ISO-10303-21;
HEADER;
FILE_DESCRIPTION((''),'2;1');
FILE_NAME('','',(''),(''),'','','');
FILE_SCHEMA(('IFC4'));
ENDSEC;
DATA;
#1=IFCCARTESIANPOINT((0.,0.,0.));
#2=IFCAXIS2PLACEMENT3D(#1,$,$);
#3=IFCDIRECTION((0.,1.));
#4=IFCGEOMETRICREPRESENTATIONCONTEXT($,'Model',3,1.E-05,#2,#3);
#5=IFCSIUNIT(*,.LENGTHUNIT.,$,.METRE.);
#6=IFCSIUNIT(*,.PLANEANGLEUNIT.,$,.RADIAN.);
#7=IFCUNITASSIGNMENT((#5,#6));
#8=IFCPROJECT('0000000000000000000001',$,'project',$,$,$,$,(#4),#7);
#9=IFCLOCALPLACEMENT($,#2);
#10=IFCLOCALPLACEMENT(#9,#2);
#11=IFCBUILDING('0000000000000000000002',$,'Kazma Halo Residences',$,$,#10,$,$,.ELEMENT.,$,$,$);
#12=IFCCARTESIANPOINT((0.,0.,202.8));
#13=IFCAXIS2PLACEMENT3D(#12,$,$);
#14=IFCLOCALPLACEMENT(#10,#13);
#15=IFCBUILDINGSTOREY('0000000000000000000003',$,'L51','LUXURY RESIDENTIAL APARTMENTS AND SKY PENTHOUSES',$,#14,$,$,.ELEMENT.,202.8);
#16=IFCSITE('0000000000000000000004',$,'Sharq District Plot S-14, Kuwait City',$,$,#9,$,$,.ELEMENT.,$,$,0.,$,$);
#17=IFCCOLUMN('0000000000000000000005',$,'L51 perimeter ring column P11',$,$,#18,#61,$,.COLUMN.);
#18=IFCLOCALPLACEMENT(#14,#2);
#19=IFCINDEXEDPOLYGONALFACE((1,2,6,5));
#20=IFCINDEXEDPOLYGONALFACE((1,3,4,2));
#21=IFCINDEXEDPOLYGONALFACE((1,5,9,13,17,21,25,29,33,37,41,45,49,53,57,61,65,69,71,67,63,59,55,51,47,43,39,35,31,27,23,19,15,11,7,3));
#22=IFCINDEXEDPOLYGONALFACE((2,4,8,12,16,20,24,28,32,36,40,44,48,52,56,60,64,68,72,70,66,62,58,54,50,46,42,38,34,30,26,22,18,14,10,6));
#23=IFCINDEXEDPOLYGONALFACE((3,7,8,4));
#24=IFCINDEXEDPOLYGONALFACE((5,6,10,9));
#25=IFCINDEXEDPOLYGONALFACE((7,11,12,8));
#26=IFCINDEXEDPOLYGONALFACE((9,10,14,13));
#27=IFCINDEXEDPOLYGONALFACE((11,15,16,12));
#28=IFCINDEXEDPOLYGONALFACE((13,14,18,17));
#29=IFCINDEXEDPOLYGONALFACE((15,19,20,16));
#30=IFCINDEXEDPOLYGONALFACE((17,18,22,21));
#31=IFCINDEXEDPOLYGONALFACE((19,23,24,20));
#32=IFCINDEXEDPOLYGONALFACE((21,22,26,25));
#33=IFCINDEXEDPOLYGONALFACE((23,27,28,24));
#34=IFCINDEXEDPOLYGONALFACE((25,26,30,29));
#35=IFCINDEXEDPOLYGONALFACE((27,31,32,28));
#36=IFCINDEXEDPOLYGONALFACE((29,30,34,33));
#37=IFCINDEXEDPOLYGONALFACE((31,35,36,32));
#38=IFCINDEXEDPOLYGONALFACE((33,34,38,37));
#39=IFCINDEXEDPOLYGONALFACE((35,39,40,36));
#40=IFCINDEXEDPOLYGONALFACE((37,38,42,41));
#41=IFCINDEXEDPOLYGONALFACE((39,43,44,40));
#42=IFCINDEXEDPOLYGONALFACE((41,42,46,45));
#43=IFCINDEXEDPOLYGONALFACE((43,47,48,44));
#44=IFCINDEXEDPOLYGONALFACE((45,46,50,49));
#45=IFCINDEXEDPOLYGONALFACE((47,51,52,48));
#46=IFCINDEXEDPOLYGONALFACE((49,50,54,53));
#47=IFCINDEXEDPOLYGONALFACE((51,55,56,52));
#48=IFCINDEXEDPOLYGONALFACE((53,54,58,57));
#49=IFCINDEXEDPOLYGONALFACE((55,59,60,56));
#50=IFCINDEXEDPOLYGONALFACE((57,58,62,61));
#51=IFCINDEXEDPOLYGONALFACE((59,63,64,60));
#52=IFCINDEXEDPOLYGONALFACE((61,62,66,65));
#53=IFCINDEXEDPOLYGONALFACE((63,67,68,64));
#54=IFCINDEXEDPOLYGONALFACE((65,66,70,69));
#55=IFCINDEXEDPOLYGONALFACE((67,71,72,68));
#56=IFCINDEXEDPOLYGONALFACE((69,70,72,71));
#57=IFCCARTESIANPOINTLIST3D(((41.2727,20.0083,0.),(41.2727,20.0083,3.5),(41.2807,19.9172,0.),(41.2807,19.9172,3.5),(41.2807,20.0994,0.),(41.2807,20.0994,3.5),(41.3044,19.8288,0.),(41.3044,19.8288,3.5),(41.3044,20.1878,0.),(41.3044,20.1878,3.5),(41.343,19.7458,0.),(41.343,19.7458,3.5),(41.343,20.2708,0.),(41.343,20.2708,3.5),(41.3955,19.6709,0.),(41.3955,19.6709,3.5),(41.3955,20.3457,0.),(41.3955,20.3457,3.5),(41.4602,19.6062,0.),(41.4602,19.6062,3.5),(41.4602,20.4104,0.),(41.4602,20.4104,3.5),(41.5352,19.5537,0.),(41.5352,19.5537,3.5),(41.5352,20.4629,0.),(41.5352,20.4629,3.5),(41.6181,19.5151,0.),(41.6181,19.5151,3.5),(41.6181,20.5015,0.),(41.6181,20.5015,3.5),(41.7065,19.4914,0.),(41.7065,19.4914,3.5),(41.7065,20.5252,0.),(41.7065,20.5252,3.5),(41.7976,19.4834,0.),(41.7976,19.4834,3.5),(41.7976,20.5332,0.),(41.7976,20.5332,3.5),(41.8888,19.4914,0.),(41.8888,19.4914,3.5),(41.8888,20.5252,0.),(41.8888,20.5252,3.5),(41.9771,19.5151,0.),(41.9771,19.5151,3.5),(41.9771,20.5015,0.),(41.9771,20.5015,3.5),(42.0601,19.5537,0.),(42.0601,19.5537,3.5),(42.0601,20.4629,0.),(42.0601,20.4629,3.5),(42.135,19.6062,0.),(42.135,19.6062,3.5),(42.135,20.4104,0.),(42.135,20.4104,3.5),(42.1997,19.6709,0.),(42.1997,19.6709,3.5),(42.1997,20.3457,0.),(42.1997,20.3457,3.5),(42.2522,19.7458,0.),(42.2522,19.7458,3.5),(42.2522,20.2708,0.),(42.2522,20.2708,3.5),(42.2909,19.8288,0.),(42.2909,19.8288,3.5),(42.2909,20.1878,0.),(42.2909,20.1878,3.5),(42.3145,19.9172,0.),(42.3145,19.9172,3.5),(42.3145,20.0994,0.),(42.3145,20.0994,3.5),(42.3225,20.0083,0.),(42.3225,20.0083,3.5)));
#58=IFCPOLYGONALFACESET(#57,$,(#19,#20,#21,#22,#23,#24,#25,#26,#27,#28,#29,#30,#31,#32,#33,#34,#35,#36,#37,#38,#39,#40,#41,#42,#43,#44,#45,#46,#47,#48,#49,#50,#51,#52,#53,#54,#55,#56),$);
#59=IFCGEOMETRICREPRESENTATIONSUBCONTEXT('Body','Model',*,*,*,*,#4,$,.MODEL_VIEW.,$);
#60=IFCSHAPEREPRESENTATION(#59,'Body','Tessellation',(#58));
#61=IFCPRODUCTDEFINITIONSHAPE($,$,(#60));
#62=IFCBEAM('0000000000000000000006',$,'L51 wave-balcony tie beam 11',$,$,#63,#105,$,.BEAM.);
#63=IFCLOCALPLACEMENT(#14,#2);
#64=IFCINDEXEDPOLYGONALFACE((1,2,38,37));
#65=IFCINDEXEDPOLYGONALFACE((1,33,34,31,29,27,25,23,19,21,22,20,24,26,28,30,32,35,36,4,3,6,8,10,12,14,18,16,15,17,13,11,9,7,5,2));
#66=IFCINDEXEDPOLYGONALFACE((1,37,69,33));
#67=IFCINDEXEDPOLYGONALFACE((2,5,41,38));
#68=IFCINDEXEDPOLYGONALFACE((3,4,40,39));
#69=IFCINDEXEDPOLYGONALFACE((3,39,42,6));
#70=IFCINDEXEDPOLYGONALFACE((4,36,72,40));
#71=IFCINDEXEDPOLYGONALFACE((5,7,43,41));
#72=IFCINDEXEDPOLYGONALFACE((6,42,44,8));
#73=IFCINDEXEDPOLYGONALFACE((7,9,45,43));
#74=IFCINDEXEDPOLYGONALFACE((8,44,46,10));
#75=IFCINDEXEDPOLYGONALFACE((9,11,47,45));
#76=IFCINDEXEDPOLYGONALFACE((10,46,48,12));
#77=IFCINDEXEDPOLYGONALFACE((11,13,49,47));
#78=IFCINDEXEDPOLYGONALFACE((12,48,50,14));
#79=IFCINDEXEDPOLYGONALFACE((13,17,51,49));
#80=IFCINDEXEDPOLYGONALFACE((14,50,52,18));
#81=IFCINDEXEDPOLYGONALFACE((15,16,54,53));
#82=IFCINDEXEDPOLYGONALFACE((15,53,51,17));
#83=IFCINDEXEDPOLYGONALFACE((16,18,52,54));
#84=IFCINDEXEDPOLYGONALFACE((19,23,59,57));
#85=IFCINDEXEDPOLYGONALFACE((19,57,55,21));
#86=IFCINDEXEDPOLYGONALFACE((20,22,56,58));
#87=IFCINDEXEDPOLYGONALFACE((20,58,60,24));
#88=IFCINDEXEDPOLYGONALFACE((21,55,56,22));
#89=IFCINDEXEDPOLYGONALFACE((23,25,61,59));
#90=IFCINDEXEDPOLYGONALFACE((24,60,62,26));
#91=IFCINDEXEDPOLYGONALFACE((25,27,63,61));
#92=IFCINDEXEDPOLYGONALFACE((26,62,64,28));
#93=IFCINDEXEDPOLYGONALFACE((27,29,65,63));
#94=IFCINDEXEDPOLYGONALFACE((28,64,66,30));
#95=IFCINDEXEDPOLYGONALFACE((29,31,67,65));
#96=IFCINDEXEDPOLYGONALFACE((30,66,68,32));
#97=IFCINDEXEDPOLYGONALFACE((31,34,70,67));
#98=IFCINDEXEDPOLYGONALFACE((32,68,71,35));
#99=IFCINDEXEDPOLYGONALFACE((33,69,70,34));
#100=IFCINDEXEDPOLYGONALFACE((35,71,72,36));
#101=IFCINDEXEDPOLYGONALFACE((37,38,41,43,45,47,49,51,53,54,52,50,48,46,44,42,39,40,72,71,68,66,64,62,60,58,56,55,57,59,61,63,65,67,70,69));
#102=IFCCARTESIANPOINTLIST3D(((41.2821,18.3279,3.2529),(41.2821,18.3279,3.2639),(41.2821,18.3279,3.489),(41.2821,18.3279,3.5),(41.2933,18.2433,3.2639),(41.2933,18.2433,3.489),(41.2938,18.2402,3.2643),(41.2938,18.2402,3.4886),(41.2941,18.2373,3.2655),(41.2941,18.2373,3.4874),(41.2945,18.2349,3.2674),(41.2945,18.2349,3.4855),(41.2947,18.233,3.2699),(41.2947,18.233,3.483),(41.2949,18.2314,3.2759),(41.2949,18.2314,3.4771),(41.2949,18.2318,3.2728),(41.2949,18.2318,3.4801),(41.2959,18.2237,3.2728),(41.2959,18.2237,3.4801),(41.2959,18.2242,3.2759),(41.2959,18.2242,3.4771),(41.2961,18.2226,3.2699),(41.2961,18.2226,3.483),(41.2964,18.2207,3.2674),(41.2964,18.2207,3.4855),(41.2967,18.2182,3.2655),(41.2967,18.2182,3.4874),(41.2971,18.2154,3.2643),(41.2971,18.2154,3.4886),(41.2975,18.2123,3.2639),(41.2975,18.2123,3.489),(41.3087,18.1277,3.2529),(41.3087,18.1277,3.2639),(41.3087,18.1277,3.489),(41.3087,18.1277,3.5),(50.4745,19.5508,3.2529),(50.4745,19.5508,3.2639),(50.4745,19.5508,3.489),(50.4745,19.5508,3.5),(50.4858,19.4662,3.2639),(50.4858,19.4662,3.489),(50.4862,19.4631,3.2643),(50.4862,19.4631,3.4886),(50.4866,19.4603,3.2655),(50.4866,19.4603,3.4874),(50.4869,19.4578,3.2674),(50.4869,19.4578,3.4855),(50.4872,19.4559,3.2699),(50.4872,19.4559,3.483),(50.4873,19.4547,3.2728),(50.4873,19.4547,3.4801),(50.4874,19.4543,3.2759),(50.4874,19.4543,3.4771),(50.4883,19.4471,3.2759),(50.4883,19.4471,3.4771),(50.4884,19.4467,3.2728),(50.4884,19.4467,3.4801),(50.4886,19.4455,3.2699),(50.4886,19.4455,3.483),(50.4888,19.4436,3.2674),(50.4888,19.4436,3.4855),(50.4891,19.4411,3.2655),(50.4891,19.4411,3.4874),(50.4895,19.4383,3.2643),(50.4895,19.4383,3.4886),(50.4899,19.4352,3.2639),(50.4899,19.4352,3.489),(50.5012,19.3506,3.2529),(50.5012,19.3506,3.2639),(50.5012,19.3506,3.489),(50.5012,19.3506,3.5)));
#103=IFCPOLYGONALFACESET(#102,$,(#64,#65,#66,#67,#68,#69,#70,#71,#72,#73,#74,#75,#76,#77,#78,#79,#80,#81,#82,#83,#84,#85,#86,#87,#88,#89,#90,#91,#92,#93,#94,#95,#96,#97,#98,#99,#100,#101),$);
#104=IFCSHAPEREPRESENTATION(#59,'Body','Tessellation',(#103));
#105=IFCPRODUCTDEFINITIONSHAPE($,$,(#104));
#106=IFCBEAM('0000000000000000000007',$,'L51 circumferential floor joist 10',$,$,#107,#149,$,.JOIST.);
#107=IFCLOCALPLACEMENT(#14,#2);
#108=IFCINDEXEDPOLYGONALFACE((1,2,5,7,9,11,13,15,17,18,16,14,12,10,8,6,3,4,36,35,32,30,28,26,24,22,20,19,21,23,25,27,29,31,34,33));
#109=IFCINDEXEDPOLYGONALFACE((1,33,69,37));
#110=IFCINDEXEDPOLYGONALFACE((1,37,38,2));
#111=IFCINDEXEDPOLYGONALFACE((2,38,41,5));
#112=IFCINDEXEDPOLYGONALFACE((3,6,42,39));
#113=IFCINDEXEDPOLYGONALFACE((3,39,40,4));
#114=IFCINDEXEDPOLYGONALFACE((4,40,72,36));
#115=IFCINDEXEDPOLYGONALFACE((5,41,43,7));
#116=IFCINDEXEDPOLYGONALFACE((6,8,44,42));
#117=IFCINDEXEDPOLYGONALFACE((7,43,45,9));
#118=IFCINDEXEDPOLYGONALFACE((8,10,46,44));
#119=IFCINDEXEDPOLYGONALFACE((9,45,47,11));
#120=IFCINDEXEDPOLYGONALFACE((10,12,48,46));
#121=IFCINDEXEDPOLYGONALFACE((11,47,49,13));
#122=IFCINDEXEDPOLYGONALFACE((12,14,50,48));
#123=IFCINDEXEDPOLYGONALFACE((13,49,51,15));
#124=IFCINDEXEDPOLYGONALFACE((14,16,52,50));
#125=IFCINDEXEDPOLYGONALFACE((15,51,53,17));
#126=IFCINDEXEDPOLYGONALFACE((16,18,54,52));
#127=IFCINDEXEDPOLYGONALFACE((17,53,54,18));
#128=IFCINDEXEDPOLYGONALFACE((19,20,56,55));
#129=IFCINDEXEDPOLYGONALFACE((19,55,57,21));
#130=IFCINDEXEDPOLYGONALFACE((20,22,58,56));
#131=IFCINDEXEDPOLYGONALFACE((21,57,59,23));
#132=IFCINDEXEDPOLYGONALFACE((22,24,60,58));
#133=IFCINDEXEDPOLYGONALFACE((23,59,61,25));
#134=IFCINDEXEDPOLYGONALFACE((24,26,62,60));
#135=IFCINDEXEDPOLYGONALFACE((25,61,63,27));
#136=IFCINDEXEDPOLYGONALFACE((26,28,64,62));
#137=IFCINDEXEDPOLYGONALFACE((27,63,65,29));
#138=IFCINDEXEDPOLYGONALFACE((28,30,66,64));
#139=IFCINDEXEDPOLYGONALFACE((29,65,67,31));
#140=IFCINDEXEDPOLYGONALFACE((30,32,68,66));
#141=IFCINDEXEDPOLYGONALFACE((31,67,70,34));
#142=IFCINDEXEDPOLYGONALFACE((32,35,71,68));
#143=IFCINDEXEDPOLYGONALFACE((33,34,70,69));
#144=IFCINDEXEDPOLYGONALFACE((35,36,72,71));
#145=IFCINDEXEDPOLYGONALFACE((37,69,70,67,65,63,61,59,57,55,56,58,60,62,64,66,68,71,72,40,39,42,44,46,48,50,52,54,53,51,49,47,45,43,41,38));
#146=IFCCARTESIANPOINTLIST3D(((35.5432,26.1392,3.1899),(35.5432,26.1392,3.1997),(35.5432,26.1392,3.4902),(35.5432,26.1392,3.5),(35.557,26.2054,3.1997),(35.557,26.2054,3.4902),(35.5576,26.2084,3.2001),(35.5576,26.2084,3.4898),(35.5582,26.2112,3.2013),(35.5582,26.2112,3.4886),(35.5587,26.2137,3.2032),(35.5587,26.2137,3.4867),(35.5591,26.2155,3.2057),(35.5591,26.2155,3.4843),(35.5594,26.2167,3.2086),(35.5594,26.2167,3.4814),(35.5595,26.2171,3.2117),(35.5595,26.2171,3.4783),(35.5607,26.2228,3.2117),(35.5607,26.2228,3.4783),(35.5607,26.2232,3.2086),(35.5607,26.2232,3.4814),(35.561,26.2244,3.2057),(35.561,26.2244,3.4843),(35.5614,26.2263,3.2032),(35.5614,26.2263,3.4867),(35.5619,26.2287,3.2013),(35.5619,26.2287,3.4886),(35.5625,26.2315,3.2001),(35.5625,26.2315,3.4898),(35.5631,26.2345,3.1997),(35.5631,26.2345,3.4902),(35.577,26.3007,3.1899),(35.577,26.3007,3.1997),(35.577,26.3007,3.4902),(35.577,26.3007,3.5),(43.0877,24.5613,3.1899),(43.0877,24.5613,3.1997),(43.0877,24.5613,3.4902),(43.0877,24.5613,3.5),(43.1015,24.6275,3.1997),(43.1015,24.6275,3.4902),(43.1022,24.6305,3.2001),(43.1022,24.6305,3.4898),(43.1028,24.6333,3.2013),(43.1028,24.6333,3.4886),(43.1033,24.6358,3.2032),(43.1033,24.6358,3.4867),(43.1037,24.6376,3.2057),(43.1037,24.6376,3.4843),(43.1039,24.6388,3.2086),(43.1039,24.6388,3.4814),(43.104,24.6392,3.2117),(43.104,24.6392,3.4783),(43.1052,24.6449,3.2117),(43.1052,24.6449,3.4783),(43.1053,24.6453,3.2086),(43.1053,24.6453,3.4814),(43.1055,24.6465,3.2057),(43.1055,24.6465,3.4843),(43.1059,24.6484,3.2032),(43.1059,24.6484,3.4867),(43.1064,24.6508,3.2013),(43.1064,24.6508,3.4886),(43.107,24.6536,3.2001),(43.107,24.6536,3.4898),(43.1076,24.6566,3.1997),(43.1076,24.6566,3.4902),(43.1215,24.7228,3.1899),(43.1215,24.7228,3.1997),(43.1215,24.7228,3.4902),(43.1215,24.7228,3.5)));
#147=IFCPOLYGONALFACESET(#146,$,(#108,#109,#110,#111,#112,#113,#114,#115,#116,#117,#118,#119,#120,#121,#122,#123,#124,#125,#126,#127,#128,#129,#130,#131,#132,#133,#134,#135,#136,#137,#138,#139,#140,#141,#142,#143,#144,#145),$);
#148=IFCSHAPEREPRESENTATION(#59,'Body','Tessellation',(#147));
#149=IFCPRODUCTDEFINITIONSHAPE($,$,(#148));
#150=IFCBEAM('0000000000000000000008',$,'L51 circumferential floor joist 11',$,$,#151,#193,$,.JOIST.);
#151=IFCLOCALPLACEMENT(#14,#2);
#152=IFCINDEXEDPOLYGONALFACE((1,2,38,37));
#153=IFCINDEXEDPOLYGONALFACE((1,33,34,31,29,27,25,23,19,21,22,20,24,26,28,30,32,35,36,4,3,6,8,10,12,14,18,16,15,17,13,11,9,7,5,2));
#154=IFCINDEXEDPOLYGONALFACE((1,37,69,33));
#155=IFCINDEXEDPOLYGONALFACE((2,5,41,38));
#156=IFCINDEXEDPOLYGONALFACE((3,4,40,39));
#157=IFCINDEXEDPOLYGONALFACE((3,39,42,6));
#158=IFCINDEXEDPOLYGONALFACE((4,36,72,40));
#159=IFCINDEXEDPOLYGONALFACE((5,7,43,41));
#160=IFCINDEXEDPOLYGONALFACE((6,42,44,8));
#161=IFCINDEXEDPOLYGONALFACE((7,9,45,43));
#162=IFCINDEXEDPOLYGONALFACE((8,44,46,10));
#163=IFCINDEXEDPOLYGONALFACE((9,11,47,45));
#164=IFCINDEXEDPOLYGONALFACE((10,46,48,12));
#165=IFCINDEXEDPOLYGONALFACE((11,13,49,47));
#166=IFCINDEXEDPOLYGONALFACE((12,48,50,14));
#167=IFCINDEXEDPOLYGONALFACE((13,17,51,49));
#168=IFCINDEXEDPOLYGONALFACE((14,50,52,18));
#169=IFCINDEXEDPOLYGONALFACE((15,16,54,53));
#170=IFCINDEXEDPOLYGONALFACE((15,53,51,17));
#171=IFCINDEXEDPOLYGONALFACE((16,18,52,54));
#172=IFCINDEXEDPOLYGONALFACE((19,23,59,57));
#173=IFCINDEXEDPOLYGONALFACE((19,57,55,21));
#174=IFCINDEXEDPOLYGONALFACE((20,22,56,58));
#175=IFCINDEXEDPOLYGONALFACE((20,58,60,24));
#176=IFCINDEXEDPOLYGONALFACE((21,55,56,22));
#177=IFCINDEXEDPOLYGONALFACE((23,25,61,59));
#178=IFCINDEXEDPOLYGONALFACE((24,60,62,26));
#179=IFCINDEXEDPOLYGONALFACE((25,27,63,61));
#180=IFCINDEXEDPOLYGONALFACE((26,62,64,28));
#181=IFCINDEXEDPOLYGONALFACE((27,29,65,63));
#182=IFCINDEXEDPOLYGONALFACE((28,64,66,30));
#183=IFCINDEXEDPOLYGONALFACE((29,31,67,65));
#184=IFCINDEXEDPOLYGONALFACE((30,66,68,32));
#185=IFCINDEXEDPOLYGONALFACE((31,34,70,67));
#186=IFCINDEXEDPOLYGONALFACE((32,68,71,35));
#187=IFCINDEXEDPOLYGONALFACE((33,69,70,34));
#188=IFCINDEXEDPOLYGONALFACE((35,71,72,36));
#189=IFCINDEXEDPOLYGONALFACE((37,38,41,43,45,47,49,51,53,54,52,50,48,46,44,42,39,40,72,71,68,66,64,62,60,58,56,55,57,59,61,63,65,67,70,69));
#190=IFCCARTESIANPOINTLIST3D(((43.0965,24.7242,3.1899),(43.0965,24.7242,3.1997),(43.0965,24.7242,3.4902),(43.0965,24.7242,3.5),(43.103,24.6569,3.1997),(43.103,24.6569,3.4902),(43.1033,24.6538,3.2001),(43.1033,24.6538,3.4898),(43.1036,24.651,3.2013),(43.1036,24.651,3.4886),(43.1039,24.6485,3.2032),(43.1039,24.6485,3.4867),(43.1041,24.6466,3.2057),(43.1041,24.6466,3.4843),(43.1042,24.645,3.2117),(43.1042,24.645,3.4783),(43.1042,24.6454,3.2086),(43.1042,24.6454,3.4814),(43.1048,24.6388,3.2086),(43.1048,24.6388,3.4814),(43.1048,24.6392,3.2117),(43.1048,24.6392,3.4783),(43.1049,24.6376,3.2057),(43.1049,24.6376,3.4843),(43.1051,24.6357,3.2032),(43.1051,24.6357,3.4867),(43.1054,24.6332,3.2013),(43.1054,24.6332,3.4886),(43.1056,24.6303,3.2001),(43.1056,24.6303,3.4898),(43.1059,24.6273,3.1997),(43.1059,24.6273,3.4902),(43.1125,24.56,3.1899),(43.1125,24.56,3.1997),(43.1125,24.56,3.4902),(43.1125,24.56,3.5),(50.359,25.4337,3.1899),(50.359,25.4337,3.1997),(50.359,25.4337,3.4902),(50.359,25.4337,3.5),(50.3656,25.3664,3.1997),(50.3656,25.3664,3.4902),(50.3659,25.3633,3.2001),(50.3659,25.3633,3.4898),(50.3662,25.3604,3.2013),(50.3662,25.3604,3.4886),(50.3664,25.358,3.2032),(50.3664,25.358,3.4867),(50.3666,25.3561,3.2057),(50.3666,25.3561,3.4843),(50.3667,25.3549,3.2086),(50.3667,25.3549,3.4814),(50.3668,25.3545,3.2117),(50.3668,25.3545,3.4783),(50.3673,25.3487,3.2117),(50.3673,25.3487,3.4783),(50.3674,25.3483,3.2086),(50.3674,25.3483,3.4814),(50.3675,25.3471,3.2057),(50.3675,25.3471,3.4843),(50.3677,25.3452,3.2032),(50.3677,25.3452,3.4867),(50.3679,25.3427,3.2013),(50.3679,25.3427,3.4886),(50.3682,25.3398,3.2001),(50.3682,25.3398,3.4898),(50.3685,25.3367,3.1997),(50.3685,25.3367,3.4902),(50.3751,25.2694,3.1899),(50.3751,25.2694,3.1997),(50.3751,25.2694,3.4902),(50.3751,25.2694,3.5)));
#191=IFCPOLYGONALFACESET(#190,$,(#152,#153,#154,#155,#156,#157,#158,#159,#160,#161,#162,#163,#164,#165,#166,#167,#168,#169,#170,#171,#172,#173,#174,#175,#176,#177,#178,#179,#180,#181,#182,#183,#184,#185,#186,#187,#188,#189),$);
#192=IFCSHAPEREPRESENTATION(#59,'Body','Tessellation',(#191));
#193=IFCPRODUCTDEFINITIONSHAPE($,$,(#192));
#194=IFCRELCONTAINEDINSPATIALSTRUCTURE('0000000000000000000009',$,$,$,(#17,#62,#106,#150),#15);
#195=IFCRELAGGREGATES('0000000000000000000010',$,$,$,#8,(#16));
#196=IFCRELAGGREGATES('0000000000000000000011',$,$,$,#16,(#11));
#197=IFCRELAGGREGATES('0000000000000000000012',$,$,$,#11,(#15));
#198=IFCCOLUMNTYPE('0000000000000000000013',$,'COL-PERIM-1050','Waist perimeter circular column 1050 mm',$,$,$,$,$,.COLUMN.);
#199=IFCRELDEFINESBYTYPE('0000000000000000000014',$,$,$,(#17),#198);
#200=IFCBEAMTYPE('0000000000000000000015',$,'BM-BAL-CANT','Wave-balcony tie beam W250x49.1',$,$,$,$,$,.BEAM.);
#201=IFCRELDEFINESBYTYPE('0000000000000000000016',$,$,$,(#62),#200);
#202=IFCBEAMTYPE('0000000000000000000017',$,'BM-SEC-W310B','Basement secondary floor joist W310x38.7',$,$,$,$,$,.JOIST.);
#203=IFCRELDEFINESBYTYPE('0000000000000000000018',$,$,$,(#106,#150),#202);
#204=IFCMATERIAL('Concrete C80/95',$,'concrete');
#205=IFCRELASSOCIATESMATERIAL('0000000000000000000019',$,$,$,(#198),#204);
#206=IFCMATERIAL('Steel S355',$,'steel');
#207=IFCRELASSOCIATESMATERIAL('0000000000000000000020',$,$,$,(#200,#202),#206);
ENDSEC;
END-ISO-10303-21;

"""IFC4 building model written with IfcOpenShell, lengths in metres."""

from ifc_helpers import new_model, si_unit, direction, frame, origin, origin_2d, place, context, subcontext, project, spatial, circle, i_section, extrude, material, material_profile, profile_set, type_object, element, save


model = new_model("IFC4")

# Units and contexts
model_context = context("Model", 3, precision=1e-05, world=origin(), true_north=direction((0.0, 1.0)))
body_context = subcontext(model_context, "Body", "Model", "MODEL_VIEW")
ifc_project = project(units=[si_unit("LENGTHUNIT", "METRE"), si_unit("PLANEANGLEUNIT", "RADIAN")], contexts=[model_context])

# Site, building, storey
site_placement = place(None, origin())
site = spatial("IfcSite", under=ifc_project, at=site_placement, Name="Sharq District Plot S-14, Kuwait City", CompositionType="ELEMENT", RefElevation=0.0)
building_placement = place(site_placement, origin())
building = spatial("IfcBuilding", under=site, at=building_placement, Name="Kazma Halo Residences", CompositionType="ELEMENT")
storey_placement = place(building_placement, frame((0.0, 0.0, 202.8)))
storey = spatial("IfcBuildingStorey", under=building, at=storey_placement, Name="L51", Description="LUXURY RESIDENTIAL APARTMENTS AND SKY PENTHOUSES", CompositionType="ELEMENT", Elevation=202.8)

# Column
ifc_material_1 = material(Name="Concrete C80/95", Category="concrete")
ifc_material_profile_1 = material_profile(ifc_material_1, circle(Radius=0.5249, at=origin_2d()), Name="CIRC1050")
ifc_profile_set_1 = profile_set([ifc_material_profile_1], Name="Concrete C80/95")
column_type = type_object("IfcColumnType", Name="COL-PERIM-1050", Description="Waist perimeter circular column 1050 mm", PredefinedType="COLUMN", material=ifc_profile_set_1)
column_placement = place(storey_placement, frame((41.7976, 20.0083, 0.0), z_axis=(0.0, 0.0, 1.0), x_axis=(1.0, 0.0, 0.0)))
element("IfcColumn", 1, at=column_placement, inside=storey, type_object=column_type, Name="L51 perimeter ring column P11", PredefinedType="COLUMN", context=body_context, shape_type="SweptSolid", body=[
    extrude(circle(Radius=0.5249, at=origin_2d()), origin(), (0.0, 0.0, 1.0), 3.5),
])

# Beams
ifc_material_2 = material(Name="Steel S355", Category="steel")
ifc_material_profile_2 = material_profile(ifc_material_2, i_section(OverallWidth=0.2019, OverallDepth=0.2471, WebThickness=0.0073, FlangeThickness=0.011, FilletRadius=0.012, at=origin_2d()), Name="W250x49.1")
ifc_profile_set_2 = profile_set([ifc_material_profile_2], Name="Steel S355")
beam_type_1 = type_object("IfcBeamType", Name="BM-BAL-CANT", Description="Wave-balcony tie beam W250x49.1", PredefinedType="BEAM", material=ifc_profile_set_2)
beam_1_placement = place(storey_placement, frame((41.2954, 18.2278, 3.3765), z_axis=(0.991267, 0.131872, 0.0), x_axis=(-0.131872, 0.991267, 0.0)))
element("IfcBeam", 2, at=beam_1_placement, inside=storey, type_object=beam_type_1, Name="L51 wave-balcony tie beam 11", PredefinedType="BEAM", context=body_context, shape_type="SweptSolid", body=[
    extrude(i_section(OverallWidth=0.2019, OverallDepth=0.2471, WebThickness=0.0073, FlangeThickness=0.011, FilletRadius=0.012, at=origin_2d()), origin(), (0.0, 0.0, 1.0), 9.2734),
])
ifc_material_profile_3 = material_profile(ifc_material_2, i_section(OverallWidth=0.165, OverallDepth=0.3101, WebThickness=0.0059, FlangeThickness=0.0098, FilletRadius=0.012, at=origin_2d()), Name="W310x38.7")
ifc_profile_set_3 = profile_set([ifc_material_profile_3], Name="Steel S355")
beam_type_2 = type_object("IfcBeamType", Name="BM-SEC-W310B", Description="Basement secondary floor joist W310x38.7", PredefinedType="JOIST", material=ifc_profile_set_3)
beam_2_placement = place(storey_placement, frame((35.5601, 26.22, 3.345), z_axis=(0.978821, -0.204716, 0.0), x_axis=(0.204716, 0.978821, 0.0)))
element("IfcBeam", 3, at=beam_2_placement, inside=storey, type_object=beam_type_2, Name="L51 circumferential floor joist 10", PredefinedType="JOIST", context=body_context, shape_type="SweptSolid", body=[
    extrude(i_section(OverallWidth=0.165, OverallDepth=0.3101, WebThickness=0.0059, FlangeThickness=0.0098, FilletRadius=0.012, at=origin_2d()), origin(), (0.0, 0.0, 1.0), 7.7078),
])
beam_3_placement = place(storey_placement, frame((43.1045, 24.6421, 3.345), z_axis=(0.995262, 0.097228, 0.0), x_axis=(-0.097228, 0.995262, 0.0)))
element("IfcBeam", 4, at=beam_3_placement, inside=storey, type_object=beam_type_2, Name="L51 circumferential floor joist 11", PredefinedType="JOIST", context=body_context, shape_type="SweptSolid", body=[
    extrude(i_section(OverallWidth=0.165, OverallDepth=0.3101, WebThickness=0.0059, FlangeThickness=0.0098, FilletRadius=0.012, at=origin_2d()), origin(), (0.0, 0.0, 1.0), 7.2971),
])

save(model, "model.ifc")
